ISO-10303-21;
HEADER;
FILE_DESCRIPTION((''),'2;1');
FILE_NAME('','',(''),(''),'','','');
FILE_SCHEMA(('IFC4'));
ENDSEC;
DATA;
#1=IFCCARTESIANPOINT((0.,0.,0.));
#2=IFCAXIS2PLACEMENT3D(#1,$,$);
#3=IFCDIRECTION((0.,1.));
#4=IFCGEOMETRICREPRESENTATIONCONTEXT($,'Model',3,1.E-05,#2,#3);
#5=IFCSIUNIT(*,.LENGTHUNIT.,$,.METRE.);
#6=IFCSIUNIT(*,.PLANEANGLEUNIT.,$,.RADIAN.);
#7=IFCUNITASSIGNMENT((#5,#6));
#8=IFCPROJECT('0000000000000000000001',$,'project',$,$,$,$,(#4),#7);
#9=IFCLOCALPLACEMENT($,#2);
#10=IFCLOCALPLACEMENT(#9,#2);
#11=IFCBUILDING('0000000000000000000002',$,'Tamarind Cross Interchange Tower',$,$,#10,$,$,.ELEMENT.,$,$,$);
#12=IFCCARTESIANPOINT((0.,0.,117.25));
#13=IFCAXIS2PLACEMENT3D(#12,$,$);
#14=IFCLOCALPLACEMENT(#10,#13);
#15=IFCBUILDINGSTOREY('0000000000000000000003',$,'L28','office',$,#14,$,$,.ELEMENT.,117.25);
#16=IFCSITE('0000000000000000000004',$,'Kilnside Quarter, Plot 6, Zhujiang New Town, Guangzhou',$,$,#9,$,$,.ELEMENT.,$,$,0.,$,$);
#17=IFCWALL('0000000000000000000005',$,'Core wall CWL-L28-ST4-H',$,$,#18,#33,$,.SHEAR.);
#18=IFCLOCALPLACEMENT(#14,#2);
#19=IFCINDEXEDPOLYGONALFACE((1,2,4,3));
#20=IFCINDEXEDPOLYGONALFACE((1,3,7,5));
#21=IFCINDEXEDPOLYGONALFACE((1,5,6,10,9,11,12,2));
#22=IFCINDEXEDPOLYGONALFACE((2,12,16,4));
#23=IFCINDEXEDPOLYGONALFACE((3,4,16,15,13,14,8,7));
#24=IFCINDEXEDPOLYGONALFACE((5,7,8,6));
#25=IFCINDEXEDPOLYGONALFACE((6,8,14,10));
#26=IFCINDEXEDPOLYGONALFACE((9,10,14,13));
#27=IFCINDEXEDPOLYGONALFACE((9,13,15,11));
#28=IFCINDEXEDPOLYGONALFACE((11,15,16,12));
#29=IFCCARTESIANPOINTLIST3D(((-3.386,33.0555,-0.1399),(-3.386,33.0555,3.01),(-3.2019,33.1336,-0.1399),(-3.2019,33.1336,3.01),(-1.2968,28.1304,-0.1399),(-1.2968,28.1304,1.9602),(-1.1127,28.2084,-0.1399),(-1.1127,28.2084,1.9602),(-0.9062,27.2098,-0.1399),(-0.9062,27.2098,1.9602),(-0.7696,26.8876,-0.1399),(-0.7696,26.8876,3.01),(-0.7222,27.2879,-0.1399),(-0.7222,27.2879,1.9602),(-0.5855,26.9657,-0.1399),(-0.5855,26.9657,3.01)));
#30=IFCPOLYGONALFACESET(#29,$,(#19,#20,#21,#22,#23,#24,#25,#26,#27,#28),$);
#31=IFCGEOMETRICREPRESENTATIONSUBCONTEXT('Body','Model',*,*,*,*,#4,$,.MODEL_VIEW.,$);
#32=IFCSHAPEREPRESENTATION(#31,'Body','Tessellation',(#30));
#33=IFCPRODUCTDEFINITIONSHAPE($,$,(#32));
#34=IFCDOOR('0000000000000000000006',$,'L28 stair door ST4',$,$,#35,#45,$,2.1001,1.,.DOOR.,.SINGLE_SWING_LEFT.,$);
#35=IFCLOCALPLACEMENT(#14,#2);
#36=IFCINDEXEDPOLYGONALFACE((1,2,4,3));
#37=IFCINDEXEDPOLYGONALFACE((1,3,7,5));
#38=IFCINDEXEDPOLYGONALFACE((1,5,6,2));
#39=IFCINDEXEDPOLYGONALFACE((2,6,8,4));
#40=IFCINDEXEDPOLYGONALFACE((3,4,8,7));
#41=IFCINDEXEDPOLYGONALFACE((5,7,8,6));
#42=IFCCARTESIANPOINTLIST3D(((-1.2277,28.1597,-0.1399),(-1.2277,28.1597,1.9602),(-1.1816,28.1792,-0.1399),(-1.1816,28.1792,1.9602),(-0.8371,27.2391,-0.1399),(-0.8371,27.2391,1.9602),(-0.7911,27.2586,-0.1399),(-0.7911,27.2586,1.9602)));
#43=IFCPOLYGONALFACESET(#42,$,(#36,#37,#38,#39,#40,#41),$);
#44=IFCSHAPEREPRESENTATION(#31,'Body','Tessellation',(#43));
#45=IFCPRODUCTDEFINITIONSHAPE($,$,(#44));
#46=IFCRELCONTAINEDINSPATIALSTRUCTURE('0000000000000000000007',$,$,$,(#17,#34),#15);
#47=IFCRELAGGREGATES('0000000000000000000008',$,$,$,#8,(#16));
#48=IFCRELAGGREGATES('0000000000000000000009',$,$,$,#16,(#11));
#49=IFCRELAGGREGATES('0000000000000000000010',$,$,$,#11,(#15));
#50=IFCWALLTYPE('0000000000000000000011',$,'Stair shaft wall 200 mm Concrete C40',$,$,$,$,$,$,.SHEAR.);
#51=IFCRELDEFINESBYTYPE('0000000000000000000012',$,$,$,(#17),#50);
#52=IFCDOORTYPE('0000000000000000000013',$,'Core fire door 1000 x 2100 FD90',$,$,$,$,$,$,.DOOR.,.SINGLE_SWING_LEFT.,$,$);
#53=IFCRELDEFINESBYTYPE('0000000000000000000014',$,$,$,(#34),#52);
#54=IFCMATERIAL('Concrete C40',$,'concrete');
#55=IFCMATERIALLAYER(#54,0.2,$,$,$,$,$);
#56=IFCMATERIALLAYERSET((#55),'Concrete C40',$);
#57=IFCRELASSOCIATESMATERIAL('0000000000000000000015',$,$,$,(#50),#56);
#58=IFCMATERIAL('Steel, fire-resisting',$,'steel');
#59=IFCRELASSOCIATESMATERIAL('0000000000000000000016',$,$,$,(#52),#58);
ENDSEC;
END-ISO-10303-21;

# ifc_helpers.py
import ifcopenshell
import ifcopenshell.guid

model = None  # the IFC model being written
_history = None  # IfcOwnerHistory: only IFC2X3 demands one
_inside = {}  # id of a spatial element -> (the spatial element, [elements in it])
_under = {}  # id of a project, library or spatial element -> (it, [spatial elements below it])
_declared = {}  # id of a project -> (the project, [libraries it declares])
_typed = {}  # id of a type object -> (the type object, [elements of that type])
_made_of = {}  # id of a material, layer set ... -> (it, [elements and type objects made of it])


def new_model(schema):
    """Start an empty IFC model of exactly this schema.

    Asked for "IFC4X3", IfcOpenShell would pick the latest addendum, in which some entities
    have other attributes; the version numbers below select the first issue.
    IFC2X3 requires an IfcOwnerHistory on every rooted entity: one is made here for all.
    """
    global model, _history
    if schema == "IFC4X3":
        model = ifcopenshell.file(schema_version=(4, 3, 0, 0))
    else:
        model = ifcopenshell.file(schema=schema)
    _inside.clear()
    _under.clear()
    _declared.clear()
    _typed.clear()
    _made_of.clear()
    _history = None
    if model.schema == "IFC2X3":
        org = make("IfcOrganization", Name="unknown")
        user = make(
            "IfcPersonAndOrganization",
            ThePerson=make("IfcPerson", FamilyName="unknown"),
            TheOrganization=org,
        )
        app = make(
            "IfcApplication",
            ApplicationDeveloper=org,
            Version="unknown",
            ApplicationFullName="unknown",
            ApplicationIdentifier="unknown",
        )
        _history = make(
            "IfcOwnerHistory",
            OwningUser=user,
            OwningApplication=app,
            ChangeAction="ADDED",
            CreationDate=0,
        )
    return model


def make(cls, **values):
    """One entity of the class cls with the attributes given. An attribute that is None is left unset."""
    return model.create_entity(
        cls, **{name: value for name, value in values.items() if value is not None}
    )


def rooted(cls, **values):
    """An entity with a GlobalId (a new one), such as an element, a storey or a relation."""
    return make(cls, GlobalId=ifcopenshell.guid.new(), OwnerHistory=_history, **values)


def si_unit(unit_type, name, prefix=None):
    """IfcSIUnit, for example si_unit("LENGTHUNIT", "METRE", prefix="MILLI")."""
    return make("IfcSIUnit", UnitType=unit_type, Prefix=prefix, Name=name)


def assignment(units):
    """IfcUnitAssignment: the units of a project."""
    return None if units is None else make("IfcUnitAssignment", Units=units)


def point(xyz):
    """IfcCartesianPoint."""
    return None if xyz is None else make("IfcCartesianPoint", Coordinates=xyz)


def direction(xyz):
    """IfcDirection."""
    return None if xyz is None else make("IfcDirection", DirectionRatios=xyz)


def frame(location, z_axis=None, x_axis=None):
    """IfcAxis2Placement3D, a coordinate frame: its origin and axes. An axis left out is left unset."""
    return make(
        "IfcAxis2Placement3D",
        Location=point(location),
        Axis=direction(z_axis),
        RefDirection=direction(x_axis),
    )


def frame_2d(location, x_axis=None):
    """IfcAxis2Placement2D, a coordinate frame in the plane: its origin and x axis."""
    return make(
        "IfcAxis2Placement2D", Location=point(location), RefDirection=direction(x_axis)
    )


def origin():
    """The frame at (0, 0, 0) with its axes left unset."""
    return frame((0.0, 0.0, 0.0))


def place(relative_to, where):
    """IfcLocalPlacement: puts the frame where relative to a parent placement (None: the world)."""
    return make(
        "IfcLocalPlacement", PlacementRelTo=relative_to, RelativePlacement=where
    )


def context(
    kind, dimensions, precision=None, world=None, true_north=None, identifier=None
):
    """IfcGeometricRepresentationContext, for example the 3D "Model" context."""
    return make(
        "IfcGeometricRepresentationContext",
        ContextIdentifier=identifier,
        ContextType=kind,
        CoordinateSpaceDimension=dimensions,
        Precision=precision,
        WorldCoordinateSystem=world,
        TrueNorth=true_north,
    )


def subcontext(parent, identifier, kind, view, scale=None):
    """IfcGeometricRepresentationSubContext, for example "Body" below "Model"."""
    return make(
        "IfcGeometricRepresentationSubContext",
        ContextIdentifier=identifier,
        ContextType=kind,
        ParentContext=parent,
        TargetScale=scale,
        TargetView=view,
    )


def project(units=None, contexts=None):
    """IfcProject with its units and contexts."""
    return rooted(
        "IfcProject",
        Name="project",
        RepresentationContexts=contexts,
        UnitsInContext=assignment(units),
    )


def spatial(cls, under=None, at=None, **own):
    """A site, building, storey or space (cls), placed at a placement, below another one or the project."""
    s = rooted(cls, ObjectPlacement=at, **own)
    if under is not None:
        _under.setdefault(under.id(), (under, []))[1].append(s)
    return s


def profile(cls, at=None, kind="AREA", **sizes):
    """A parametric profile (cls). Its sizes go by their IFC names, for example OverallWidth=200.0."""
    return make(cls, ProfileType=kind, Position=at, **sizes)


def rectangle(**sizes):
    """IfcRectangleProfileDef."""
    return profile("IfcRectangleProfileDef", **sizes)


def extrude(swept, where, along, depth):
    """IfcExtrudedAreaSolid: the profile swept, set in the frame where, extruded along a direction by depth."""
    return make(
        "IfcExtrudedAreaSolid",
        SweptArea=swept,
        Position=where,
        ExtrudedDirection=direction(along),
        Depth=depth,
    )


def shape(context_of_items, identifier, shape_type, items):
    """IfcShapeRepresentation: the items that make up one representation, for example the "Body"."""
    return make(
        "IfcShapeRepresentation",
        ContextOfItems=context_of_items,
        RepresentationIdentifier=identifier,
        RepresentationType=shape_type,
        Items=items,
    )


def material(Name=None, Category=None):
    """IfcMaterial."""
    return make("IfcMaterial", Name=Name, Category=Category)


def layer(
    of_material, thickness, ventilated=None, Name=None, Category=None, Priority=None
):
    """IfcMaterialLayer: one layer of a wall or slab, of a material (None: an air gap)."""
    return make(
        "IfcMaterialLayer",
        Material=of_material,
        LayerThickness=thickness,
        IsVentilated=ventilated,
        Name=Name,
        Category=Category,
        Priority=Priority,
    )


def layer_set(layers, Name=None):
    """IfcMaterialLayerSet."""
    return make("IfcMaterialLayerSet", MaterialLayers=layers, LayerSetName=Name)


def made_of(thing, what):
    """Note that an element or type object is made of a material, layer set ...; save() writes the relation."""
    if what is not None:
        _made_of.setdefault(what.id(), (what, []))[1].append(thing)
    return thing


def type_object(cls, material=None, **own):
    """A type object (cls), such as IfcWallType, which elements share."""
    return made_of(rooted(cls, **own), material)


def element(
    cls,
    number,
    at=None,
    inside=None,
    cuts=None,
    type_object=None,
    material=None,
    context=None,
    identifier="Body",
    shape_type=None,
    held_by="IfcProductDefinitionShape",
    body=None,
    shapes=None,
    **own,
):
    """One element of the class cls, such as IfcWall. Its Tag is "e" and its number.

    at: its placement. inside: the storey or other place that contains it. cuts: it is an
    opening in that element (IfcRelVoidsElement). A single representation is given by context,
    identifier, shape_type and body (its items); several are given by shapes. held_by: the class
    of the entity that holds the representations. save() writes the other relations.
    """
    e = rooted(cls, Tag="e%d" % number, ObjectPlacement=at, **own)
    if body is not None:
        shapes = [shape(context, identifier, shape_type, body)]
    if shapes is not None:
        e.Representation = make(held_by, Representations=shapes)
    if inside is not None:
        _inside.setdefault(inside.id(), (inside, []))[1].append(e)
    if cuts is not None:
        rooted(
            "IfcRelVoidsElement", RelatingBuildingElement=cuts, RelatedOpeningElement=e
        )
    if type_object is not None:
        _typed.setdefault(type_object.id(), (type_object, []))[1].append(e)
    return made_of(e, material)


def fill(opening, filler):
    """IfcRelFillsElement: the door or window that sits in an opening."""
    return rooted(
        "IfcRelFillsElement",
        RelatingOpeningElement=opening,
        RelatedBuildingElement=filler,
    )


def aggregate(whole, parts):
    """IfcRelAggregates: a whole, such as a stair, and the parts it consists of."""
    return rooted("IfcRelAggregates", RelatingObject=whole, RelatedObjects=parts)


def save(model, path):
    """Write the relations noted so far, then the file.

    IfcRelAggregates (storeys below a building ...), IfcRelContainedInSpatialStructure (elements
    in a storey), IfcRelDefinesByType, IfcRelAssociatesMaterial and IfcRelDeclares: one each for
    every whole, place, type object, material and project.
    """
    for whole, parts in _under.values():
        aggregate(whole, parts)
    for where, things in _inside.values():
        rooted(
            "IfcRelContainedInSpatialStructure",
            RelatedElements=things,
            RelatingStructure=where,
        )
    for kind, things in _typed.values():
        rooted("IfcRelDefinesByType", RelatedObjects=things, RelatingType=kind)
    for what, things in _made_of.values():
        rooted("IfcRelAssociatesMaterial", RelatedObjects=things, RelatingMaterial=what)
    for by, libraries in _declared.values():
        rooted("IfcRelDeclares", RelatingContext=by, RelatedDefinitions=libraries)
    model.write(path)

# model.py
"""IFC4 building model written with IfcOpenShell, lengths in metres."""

from ifc_helpers import new_model, si_unit, direction, frame, frame_2d, origin, place, context, subcontext, project, spatial, rectangle, extrude, material, layer, layer_set, type_object, element, fill, save


model = new_model("IFC4")

# Units and contexts
model_context = context("Model", 3, precision=1e-05, world=origin(), true_north=direction((0.0, 1.0)))
body_context = subcontext(model_context, "Body", "Model", "MODEL_VIEW")
ifc_project = project(units=[si_unit("LENGTHUNIT", "METRE"), si_unit("PLANEANGLEUNIT", "RADIAN")], contexts=[model_context])

# Site, building, storey
site_placement = place(None, origin())
site = spatial("IfcSite", under=ifc_project, at=site_placement, Name="Kilnside Quarter, Plot 6, Zhujiang New Town, Guangzhou", CompositionType="ELEMENT", RefElevation=0.0)
building_placement = place(site_placement, origin())
building = spatial("IfcBuilding", under=site, at=building_placement, Name="Tamarind Cross Interchange Tower", CompositionType="ELEMENT")
storey_placement = place(building_placement, frame((0.0, 0.0, 117.25)))
storey = spatial("IfcBuildingStorey", under=building, at=storey_placement, Name="L28", Description="office", CompositionType="ELEMENT", Elevation=117.25)

# Wall, opening, door
ifc_material_1 = material(Name="Concrete C40", Category="concrete")
ifc_layer_1 = layer(ifc_material_1, 0.2)
ifc_layer_set_1 = layer_set([ifc_layer_1], Name="Concrete C40")
wall_type_1 = type_object("IfcWallType", Name="Stair shaft wall 200 mm Concrete C40", PredefinedType="SHEAR", material=ifc_layer_set_1)
wall_1_placement = place(storey_placement, frame((-0.6775, 26.9265, -0.1399), z_axis=(0.0, 0.0, 1.0), x_axis=(-0.390517, 0.920596, 0.0)))
wall_1 = element("IfcWall", 1, at=wall_1_placement, inside=storey, type_object=wall_type_1, Name="Core wall CWL-L28-ST4-H", PredefinedType="SHEAR", context=body_context, shape_type="SweptSolid", body=[
    extrude(rectangle(XDim=6.7, YDim=0.2, at=frame_2d((3.3501, 0.0))), origin(), (0.0, 0.0, 1.0), 3.1499),
])
opening_1_placement = place(wall_1_placement, frame((0.3501, 0.0, 0.0)))
opening_1 = element("IfcOpeningElement", 2, at=opening_1_placement, cuts=wall_1, PredefinedType="OPENING", context=body_context, shape_type="SweptSolid", body=[
    extrude(rectangle(XDim=1.0, YDim=2.1001, at=frame_2d((0.5, 1.05))), frame((0.0, 0.1099, 0.0), z_axis=(0.0, -1.0, 0.0), x_axis=(1.0, 0.0, 0.0)), (0.0, 0.0, 1.0), 0.22),
])
ifc_material_2 = material(Name="Steel, fire-resisting", Category="steel")
door_type_1 = type_object("IfcDoorType", Name="Core fire door 1000 x 2100 FD90", OperationType="SINGLE_SWING_LEFT", PredefinedType="DOOR", material=ifc_material_2)
door_1_placement = place(opening_1_placement, origin())
door_1 = element("IfcDoor", 3, at=door_1_placement, inside=storey, type_object=door_type_1, Name="L28 stair door ST4", OperationType="SINGLE_SWING_LEFT", OverallHeight=2.1001, OverallWidth=1.0, PredefinedType="DOOR", context=body_context, shape_type="SweptSolid", body=[
    extrude(rectangle(XDim=1.0, YDim=2.1001, at=frame_2d((0.5, 1.05))), frame((0.0, 0.0249, 0.0), z_axis=(0.0, -1.0, 0.0), x_axis=(1.0, 0.0, 0.0)), (0.0, 0.0, 1.0), 0.05),
])
fill(opening_1, door_1)

save(model, "model.ifc")
